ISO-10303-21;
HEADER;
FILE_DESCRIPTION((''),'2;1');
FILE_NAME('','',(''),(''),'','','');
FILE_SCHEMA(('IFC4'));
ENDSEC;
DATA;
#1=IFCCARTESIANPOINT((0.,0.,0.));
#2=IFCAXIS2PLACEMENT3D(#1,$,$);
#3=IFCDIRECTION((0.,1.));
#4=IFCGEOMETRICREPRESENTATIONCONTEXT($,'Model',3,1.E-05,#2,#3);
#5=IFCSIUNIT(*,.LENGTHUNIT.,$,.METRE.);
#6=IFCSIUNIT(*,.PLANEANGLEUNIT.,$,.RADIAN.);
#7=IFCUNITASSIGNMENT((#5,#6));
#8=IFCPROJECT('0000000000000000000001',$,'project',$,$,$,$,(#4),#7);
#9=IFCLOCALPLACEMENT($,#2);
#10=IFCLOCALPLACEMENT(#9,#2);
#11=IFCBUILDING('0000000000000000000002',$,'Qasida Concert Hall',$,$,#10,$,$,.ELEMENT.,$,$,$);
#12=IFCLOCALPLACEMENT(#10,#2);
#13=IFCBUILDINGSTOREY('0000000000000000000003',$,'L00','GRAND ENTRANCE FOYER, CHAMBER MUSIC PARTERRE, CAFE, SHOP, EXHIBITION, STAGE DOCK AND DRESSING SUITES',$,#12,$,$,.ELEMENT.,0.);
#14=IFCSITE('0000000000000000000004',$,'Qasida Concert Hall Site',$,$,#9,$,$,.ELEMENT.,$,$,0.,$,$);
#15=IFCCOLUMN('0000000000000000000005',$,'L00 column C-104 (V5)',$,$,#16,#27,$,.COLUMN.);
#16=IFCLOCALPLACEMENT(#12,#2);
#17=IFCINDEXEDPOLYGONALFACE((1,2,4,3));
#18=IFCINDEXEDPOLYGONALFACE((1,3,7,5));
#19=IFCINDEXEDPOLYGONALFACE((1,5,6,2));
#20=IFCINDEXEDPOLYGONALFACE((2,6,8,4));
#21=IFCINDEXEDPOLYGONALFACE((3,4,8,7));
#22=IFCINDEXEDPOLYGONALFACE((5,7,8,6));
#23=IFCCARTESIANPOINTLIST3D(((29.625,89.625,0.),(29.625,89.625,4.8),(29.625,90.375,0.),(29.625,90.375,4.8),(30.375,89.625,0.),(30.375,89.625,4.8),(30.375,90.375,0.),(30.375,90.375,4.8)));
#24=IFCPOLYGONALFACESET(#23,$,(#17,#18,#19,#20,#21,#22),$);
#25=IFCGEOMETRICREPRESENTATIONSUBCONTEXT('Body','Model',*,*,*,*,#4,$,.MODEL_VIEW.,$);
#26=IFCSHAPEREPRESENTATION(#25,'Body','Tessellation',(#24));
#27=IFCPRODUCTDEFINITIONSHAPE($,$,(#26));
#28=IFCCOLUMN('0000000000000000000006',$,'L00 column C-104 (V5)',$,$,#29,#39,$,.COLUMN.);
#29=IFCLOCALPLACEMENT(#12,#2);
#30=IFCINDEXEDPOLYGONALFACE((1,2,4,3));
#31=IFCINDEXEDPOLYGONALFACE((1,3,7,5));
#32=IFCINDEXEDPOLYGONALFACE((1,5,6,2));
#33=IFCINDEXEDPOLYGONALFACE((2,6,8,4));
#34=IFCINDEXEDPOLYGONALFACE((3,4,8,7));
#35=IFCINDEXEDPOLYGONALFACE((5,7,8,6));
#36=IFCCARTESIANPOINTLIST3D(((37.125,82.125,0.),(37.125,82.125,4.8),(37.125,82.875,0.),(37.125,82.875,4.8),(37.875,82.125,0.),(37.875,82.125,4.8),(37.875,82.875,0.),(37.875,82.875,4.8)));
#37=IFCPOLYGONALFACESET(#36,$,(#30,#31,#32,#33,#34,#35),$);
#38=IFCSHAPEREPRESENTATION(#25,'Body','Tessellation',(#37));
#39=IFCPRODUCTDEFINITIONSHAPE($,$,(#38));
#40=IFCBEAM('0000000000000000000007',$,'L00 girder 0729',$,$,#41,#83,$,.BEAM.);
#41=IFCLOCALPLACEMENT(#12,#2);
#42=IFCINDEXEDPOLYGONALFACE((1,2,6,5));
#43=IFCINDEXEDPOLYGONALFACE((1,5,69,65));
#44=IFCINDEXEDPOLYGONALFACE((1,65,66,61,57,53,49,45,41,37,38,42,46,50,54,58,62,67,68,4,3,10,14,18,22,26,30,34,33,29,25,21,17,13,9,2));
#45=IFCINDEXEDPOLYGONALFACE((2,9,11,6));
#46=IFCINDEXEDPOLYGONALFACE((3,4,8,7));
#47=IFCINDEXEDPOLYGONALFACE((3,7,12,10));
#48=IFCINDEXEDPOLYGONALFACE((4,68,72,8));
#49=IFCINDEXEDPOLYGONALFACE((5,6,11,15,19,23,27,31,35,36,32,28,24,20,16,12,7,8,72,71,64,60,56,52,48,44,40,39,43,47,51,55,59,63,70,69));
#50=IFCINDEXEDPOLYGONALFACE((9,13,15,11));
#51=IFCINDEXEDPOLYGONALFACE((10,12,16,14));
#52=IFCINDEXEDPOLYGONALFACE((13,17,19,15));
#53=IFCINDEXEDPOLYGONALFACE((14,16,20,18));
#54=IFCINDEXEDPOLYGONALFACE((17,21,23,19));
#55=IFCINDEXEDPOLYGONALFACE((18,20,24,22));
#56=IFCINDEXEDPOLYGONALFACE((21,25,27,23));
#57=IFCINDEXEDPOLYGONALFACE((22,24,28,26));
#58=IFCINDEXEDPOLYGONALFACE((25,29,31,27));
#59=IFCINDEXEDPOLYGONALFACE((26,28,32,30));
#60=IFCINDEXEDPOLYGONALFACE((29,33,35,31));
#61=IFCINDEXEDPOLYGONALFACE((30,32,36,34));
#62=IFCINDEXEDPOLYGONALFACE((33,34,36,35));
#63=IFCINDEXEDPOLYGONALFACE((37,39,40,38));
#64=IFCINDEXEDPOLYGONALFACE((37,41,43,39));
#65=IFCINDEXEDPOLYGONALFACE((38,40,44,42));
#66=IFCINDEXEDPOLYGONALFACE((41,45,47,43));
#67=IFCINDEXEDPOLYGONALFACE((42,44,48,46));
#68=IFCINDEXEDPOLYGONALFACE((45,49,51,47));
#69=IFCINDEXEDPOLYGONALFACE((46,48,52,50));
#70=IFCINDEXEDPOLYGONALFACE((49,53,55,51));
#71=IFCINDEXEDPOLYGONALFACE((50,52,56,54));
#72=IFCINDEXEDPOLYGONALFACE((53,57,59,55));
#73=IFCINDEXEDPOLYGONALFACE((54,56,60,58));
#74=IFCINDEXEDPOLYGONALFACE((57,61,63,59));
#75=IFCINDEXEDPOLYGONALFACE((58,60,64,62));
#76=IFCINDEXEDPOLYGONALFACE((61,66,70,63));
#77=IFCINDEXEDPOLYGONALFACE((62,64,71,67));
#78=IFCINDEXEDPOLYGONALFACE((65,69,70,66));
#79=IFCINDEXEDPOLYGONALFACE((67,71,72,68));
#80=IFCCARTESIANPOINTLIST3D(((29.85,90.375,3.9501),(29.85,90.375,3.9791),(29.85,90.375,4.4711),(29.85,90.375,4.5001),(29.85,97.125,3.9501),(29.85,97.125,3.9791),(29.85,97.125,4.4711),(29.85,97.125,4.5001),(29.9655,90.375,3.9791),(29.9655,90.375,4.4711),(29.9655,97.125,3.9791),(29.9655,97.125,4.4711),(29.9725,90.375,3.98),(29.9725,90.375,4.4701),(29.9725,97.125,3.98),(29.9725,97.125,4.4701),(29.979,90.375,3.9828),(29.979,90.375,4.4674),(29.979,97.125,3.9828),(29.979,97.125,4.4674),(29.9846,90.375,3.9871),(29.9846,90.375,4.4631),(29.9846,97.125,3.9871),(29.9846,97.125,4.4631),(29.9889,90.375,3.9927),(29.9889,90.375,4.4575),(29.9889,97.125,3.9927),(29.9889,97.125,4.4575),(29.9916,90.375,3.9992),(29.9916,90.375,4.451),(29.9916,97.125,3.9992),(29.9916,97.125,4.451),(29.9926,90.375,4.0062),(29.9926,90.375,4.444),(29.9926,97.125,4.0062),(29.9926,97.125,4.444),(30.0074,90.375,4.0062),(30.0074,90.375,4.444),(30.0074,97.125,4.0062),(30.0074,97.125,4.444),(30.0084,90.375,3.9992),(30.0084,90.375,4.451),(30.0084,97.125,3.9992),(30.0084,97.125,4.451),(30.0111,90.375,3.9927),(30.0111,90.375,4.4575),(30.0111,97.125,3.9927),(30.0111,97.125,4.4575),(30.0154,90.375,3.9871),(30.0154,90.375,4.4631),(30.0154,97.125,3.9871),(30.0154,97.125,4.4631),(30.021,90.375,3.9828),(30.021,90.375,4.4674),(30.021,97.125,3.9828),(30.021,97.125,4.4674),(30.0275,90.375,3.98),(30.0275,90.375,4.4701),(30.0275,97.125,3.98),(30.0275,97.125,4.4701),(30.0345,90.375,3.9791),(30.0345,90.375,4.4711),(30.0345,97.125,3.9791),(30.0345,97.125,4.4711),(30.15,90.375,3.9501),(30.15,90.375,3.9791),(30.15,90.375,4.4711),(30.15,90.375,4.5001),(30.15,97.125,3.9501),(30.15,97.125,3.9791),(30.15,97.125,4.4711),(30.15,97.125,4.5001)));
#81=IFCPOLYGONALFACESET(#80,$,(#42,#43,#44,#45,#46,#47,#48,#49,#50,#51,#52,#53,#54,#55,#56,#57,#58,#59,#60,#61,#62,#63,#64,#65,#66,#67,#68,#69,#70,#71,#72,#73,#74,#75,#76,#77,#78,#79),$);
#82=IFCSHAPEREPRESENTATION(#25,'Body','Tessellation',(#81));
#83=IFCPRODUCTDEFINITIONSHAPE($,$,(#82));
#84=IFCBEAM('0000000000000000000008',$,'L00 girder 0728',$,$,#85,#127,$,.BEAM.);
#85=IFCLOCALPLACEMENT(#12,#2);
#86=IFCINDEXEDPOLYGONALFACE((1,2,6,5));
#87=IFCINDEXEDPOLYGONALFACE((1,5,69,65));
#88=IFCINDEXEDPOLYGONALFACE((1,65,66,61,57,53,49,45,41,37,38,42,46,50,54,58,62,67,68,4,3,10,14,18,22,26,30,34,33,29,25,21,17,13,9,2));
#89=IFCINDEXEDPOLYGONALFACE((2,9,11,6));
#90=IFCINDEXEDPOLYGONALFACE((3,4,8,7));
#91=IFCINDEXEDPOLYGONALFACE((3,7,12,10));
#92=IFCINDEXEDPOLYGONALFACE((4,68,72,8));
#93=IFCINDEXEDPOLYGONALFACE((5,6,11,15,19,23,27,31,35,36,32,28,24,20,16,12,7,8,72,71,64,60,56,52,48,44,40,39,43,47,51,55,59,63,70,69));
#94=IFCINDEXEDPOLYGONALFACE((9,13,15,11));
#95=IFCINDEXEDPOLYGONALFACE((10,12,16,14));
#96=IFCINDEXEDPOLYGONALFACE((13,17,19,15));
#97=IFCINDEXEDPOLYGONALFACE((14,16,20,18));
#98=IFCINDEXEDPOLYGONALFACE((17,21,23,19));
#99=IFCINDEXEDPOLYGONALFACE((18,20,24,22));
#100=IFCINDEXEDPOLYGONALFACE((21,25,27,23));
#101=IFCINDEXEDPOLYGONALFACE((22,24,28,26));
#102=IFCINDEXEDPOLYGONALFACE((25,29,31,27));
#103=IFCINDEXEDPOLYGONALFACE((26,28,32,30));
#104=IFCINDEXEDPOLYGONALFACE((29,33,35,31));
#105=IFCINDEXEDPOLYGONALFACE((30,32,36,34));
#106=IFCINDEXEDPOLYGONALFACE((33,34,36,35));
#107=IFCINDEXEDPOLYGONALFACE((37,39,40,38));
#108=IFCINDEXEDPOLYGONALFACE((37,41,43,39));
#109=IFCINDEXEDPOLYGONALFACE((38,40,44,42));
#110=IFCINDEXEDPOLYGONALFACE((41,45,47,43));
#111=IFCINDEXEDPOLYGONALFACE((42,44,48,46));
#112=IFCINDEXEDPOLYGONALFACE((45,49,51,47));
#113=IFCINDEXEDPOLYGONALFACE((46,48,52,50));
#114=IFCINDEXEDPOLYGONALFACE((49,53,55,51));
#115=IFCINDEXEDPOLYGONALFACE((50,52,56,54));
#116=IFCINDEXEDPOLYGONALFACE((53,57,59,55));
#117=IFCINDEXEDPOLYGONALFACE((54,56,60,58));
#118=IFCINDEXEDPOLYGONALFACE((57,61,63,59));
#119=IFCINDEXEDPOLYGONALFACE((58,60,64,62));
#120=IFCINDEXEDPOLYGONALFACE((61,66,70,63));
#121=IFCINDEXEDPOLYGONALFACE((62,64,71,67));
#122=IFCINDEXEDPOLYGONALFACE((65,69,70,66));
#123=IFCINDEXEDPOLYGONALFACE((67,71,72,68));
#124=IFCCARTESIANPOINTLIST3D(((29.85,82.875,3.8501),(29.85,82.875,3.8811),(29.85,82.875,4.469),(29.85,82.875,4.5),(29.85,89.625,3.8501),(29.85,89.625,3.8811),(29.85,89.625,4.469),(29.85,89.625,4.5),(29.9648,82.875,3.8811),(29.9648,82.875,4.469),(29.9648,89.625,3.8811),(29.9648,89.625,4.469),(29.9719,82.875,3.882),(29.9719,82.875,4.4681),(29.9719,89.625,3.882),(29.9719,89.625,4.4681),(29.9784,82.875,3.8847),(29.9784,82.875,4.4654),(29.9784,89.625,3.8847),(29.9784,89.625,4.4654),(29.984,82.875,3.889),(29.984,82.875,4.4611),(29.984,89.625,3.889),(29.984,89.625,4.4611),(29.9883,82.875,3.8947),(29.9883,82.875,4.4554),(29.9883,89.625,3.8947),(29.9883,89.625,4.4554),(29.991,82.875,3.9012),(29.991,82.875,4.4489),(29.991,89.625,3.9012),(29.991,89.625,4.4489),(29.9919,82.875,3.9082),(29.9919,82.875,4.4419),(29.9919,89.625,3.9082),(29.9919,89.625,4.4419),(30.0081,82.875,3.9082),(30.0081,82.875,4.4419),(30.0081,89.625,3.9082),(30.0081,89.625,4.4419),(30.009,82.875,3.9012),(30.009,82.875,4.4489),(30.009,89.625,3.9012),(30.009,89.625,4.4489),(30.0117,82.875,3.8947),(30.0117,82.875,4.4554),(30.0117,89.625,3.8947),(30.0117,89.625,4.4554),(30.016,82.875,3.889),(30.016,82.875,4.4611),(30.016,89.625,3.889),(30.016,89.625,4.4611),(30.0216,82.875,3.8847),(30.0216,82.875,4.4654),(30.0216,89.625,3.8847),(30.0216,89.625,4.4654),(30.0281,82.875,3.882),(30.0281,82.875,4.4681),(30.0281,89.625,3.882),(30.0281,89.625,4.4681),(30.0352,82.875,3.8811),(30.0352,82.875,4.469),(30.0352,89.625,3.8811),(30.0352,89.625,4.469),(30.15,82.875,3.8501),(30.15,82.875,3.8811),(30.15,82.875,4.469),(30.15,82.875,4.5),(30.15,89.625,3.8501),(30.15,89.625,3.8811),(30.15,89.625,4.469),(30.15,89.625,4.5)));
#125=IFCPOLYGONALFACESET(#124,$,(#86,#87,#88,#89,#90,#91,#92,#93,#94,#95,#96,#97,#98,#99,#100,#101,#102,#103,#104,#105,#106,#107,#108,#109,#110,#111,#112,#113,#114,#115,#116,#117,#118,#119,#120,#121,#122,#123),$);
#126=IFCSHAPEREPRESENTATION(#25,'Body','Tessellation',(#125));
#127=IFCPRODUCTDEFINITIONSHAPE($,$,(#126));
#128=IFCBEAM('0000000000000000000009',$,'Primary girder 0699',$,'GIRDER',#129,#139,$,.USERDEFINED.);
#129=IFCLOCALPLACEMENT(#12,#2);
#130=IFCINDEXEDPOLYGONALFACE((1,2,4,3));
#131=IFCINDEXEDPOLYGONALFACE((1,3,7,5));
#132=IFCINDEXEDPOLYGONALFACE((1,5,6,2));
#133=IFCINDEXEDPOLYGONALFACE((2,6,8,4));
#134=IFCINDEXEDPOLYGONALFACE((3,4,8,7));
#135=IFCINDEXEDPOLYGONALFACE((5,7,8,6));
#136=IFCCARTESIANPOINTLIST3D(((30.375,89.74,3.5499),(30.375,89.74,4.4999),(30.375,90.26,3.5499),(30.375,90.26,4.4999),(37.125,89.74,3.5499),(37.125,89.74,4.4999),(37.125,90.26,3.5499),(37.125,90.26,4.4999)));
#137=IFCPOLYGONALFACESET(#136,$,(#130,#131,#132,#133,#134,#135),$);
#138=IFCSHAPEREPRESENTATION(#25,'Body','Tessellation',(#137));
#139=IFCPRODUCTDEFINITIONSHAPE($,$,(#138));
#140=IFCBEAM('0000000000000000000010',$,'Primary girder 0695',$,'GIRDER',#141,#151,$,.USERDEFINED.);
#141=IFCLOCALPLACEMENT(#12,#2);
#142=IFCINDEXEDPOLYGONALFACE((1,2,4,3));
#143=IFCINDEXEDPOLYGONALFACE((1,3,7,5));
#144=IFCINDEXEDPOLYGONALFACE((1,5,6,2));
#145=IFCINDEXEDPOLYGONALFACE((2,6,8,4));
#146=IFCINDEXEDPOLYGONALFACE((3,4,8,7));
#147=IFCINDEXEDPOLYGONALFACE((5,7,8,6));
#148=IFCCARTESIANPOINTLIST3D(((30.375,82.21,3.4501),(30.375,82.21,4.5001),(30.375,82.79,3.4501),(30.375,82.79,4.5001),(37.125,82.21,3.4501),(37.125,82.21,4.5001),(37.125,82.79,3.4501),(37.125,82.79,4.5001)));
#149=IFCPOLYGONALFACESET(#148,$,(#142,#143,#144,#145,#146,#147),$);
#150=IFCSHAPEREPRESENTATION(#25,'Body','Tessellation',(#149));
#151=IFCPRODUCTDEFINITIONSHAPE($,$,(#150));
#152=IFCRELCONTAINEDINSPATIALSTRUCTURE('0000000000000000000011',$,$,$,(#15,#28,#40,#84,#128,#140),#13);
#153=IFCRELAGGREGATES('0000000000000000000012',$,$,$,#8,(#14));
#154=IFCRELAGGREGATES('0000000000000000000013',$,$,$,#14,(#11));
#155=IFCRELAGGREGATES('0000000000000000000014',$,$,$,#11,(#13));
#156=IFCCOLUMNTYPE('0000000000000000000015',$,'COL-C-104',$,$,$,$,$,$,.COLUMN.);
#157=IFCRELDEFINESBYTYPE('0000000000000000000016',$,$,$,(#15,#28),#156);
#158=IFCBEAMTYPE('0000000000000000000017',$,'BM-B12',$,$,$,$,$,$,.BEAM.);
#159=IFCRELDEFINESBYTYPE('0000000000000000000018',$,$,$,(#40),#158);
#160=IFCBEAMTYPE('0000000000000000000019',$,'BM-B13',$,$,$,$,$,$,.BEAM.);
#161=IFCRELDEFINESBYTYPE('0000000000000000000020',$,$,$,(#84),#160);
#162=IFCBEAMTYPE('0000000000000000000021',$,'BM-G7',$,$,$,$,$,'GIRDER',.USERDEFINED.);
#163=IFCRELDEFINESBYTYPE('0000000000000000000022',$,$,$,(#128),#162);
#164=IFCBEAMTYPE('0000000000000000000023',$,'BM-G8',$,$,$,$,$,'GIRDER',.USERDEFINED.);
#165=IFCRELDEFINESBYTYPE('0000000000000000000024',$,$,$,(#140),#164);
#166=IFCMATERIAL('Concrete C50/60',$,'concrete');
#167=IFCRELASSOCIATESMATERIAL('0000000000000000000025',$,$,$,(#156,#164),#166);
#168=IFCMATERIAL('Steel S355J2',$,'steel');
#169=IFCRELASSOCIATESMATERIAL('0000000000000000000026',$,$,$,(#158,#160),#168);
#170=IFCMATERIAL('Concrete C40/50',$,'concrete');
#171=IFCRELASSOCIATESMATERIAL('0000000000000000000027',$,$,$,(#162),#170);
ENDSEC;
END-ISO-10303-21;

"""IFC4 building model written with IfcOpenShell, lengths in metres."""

from ifc_helpers import new_model, si_unit, direction, frame, origin, origin_2d, place, context, subcontext, project, spatial, rectangle, i_section, extrude, material, material_profile, profile_set, type_object, element, save


model = new_model("IFC4")

# Units and contexts
model_context = context("Model", 3, precision=1e-05, world=origin(), true_north=direction((0.0, 1.0)))
body_context = subcontext(model_context, "Body", "Model", "MODEL_VIEW")
ifc_project = project(units=[si_unit("LENGTHUNIT", "METRE"), si_unit("PLANEANGLEUNIT", "RADIAN")], contexts=[model_context])

# Site, building, storey
site_placement = place(None, origin())
site = spatial("IfcSite", under=ifc_project, at=site_placement, Name="Qasida Concert Hall Site", CompositionType="ELEMENT", RefElevation=0.0)
building_placement = place(site_placement, origin())
building = spatial("IfcBuilding", under=site, at=building_placement, Name="Qasida Concert Hall", CompositionType="ELEMENT")
storey_placement = place(building_placement, origin())
storey = spatial("IfcBuildingStorey", under=building, at=storey_placement, Name="L00", Description="GRAND ENTRANCE FOYER, CHAMBER MUSIC PARTERRE, CAFE, SHOP, EXHIBITION, STAGE DOCK AND DRESSING SUITES", CompositionType="ELEMENT", Elevation=0.0)

# Columns
ifc_material_1 = material(Name="Concrete C50/60", Category="concrete")
ifc_material_profile_1 = material_profile(ifc_material_1, rectangle(XDim=0.75, YDim=0.75, at=origin_2d()), Name="RC 750x750")
ifc_profile_set_1 = profile_set([ifc_material_profile_1], Name="Concrete C50/60")
column_type = type_object("IfcColumnType", Name="COL-C-104", PredefinedType="COLUMN", material=ifc_profile_set_1)
for number, where, z_axis, x_axis, name in (
    (1, (30.0, 90.0, 0.0), (0.0, 0.0, 1.0), (1.0, 0.0, 0.0), "L00 column C-104 (V5)"),
    (2, (37.5, 82.5, 0.0), (0.0, 0.0, 1.0), (1.0, 0.0, 0.0), "L00 column C-104 (V5)"),
):
    element("IfcColumn", number, at=place(storey_placement, frame(where, z_axis=z_axis, x_axis=x_axis)), inside=storey, type_object=column_type, Name=name, PredefinedType="COLUMN", context=body_context, shape_type="SweptSolid", body=[
        extrude(rectangle(XDim=0.75, YDim=0.75, at=origin_2d()), origin(), (0.0, 0.0, 1.0), 4.8),
    ])

# Beams
ifc_material_2 = material(Name="Steel S355J2", Category="steel")
ifc_material_profile_2 = material_profile(ifc_material_2, i_section(OverallWidth=0.3, OverallDepth=0.55, WebThickness=0.0149, FlangeThickness=0.0291, FilletRadius=0.0271, at=origin_2d()), Name="HEB 550")
ifc_profile_set_2 = profile_set([ifc_material_profile_2], Name="Steel S355J2")
beam_type_1 = type_object("IfcBeamType", Name="BM-B12", PredefinedType="BEAM", material=ifc_profile_set_2)
beam_1_placement = place(storey_placement, frame((30.0, 90.375, 4.2251), z_axis=(0.0, 1.0, 0.0), x_axis=(-1.0, 0.0, 0.0)))
element("IfcBeam", 3, at=beam_1_placement, inside=storey, type_object=beam_type_1, Name="L00 girder 0729", PredefinedType="BEAM", context=body_context, shape_type="SweptSolid", body=[
    extrude(i_section(OverallWidth=0.3, OverallDepth=0.55, WebThickness=0.0149, FlangeThickness=0.0291, FilletRadius=0.0271, at=origin_2d()), origin(), (0.0, 0.0, 1.0), 6.75),
])
ifc_material_profile_3 = material_profile(ifc_material_2, i_section(OverallWidth=0.3, OverallDepth=0.6499, WebThickness=0.0161, FlangeThickness=0.031, FilletRadius=0.0271, at=origin_2d()), Name="HEB 650")
ifc_profile_set_3 = profile_set([ifc_material_profile_3], Name="Steel S355J2")
beam_type_2 = type_object("IfcBeamType", Name="BM-B13", PredefinedType="BEAM", material=ifc_profile_set_3)
beam_2_placement = place(storey_placement, frame((30.0, 82.875, 4.175), z_axis=(0.0, 1.0, 0.0), x_axis=(-1.0, 0.0, 0.0)))
element("IfcBeam", 4, at=beam_2_placement, inside=storey, type_object=beam_type_2, Name="L00 girder 0728", PredefinedType="BEAM", context=body_context, shape_type="SweptSolid", body=[
    extrude(i_section(OverallWidth=0.3, OverallDepth=0.6499, WebThickness=0.0161, FlangeThickness=0.031, FilletRadius=0.0271, at=origin_2d()), origin(), (0.0, 0.0, 1.0), 6.75),
])
ifc_material_3 = material(Name="Concrete C40/50", Category="concrete")
ifc_material_profile_4 = material_profile(ifc_material_3, rectangle(XDim=0.52, YDim=0.95, at=origin_2d()), Name="RC 520x950")
ifc_profile_set_4 = profile_set([ifc_material_profile_4], Name="Concrete C40/50")
beam_type_3 = type_object("IfcBeamType", Name="BM-G7", ElementType="GIRDER", PredefinedType="USERDEFINED", material=ifc_profile_set_4)
beam_3_placement = place(storey_placement, frame((30.375, 90.0, 4.0249), z_axis=(1.0, 0.0, 0.0), x_axis=(0.0, 1.0, 0.0)))
element("IfcBeam", 5, at=beam_3_placement, inside=storey, type_object=beam_type_3, Name="Primary girder 0699", ObjectType="GIRDER", PredefinedType="USERDEFINED", context=body_context, shape_type="SweptSolid", body=[
    extrude(rectangle(XDim=0.52, YDim=0.95, at=origin_2d()), origin(), (0.0, 0.0, 1.0), 6.75),
])
ifc_material_profile_5 = material_profile(ifc_material_1, rectangle(XDim=0.5801, YDim=1.05, at=origin_2d()), Name="RC 580x1050")
ifc_profile_set_5 = profile_set([ifc_material_profile_5], Name="Concrete C50/60")
beam_type_4 = type_object("IfcBeamType", Name="BM-G8", ElementType="GIRDER", PredefinedType="USERDEFINED", material=ifc_profile_set_5)
beam_4_placement = place(storey_placement, frame((30.375, 82.5, 3.9751), z_axis=(1.0, 0.0, 0.0), x_axis=(0.0, 1.0, 0.0)))
element("IfcBeam", 6, at=beam_4_placement, inside=storey, type_object=beam_type_4, Name="Primary girder 0695", ObjectType="GIRDER", PredefinedType="USERDEFINED", context=body_context, shape_type="SweptSolid", body=[
    extrude(rectangle(XDim=0.5801, YDim=1.05, at=origin_2d()), origin(), (0.0, 0.0, 1.0), 6.75),
])

save(model, "model.ifc")
